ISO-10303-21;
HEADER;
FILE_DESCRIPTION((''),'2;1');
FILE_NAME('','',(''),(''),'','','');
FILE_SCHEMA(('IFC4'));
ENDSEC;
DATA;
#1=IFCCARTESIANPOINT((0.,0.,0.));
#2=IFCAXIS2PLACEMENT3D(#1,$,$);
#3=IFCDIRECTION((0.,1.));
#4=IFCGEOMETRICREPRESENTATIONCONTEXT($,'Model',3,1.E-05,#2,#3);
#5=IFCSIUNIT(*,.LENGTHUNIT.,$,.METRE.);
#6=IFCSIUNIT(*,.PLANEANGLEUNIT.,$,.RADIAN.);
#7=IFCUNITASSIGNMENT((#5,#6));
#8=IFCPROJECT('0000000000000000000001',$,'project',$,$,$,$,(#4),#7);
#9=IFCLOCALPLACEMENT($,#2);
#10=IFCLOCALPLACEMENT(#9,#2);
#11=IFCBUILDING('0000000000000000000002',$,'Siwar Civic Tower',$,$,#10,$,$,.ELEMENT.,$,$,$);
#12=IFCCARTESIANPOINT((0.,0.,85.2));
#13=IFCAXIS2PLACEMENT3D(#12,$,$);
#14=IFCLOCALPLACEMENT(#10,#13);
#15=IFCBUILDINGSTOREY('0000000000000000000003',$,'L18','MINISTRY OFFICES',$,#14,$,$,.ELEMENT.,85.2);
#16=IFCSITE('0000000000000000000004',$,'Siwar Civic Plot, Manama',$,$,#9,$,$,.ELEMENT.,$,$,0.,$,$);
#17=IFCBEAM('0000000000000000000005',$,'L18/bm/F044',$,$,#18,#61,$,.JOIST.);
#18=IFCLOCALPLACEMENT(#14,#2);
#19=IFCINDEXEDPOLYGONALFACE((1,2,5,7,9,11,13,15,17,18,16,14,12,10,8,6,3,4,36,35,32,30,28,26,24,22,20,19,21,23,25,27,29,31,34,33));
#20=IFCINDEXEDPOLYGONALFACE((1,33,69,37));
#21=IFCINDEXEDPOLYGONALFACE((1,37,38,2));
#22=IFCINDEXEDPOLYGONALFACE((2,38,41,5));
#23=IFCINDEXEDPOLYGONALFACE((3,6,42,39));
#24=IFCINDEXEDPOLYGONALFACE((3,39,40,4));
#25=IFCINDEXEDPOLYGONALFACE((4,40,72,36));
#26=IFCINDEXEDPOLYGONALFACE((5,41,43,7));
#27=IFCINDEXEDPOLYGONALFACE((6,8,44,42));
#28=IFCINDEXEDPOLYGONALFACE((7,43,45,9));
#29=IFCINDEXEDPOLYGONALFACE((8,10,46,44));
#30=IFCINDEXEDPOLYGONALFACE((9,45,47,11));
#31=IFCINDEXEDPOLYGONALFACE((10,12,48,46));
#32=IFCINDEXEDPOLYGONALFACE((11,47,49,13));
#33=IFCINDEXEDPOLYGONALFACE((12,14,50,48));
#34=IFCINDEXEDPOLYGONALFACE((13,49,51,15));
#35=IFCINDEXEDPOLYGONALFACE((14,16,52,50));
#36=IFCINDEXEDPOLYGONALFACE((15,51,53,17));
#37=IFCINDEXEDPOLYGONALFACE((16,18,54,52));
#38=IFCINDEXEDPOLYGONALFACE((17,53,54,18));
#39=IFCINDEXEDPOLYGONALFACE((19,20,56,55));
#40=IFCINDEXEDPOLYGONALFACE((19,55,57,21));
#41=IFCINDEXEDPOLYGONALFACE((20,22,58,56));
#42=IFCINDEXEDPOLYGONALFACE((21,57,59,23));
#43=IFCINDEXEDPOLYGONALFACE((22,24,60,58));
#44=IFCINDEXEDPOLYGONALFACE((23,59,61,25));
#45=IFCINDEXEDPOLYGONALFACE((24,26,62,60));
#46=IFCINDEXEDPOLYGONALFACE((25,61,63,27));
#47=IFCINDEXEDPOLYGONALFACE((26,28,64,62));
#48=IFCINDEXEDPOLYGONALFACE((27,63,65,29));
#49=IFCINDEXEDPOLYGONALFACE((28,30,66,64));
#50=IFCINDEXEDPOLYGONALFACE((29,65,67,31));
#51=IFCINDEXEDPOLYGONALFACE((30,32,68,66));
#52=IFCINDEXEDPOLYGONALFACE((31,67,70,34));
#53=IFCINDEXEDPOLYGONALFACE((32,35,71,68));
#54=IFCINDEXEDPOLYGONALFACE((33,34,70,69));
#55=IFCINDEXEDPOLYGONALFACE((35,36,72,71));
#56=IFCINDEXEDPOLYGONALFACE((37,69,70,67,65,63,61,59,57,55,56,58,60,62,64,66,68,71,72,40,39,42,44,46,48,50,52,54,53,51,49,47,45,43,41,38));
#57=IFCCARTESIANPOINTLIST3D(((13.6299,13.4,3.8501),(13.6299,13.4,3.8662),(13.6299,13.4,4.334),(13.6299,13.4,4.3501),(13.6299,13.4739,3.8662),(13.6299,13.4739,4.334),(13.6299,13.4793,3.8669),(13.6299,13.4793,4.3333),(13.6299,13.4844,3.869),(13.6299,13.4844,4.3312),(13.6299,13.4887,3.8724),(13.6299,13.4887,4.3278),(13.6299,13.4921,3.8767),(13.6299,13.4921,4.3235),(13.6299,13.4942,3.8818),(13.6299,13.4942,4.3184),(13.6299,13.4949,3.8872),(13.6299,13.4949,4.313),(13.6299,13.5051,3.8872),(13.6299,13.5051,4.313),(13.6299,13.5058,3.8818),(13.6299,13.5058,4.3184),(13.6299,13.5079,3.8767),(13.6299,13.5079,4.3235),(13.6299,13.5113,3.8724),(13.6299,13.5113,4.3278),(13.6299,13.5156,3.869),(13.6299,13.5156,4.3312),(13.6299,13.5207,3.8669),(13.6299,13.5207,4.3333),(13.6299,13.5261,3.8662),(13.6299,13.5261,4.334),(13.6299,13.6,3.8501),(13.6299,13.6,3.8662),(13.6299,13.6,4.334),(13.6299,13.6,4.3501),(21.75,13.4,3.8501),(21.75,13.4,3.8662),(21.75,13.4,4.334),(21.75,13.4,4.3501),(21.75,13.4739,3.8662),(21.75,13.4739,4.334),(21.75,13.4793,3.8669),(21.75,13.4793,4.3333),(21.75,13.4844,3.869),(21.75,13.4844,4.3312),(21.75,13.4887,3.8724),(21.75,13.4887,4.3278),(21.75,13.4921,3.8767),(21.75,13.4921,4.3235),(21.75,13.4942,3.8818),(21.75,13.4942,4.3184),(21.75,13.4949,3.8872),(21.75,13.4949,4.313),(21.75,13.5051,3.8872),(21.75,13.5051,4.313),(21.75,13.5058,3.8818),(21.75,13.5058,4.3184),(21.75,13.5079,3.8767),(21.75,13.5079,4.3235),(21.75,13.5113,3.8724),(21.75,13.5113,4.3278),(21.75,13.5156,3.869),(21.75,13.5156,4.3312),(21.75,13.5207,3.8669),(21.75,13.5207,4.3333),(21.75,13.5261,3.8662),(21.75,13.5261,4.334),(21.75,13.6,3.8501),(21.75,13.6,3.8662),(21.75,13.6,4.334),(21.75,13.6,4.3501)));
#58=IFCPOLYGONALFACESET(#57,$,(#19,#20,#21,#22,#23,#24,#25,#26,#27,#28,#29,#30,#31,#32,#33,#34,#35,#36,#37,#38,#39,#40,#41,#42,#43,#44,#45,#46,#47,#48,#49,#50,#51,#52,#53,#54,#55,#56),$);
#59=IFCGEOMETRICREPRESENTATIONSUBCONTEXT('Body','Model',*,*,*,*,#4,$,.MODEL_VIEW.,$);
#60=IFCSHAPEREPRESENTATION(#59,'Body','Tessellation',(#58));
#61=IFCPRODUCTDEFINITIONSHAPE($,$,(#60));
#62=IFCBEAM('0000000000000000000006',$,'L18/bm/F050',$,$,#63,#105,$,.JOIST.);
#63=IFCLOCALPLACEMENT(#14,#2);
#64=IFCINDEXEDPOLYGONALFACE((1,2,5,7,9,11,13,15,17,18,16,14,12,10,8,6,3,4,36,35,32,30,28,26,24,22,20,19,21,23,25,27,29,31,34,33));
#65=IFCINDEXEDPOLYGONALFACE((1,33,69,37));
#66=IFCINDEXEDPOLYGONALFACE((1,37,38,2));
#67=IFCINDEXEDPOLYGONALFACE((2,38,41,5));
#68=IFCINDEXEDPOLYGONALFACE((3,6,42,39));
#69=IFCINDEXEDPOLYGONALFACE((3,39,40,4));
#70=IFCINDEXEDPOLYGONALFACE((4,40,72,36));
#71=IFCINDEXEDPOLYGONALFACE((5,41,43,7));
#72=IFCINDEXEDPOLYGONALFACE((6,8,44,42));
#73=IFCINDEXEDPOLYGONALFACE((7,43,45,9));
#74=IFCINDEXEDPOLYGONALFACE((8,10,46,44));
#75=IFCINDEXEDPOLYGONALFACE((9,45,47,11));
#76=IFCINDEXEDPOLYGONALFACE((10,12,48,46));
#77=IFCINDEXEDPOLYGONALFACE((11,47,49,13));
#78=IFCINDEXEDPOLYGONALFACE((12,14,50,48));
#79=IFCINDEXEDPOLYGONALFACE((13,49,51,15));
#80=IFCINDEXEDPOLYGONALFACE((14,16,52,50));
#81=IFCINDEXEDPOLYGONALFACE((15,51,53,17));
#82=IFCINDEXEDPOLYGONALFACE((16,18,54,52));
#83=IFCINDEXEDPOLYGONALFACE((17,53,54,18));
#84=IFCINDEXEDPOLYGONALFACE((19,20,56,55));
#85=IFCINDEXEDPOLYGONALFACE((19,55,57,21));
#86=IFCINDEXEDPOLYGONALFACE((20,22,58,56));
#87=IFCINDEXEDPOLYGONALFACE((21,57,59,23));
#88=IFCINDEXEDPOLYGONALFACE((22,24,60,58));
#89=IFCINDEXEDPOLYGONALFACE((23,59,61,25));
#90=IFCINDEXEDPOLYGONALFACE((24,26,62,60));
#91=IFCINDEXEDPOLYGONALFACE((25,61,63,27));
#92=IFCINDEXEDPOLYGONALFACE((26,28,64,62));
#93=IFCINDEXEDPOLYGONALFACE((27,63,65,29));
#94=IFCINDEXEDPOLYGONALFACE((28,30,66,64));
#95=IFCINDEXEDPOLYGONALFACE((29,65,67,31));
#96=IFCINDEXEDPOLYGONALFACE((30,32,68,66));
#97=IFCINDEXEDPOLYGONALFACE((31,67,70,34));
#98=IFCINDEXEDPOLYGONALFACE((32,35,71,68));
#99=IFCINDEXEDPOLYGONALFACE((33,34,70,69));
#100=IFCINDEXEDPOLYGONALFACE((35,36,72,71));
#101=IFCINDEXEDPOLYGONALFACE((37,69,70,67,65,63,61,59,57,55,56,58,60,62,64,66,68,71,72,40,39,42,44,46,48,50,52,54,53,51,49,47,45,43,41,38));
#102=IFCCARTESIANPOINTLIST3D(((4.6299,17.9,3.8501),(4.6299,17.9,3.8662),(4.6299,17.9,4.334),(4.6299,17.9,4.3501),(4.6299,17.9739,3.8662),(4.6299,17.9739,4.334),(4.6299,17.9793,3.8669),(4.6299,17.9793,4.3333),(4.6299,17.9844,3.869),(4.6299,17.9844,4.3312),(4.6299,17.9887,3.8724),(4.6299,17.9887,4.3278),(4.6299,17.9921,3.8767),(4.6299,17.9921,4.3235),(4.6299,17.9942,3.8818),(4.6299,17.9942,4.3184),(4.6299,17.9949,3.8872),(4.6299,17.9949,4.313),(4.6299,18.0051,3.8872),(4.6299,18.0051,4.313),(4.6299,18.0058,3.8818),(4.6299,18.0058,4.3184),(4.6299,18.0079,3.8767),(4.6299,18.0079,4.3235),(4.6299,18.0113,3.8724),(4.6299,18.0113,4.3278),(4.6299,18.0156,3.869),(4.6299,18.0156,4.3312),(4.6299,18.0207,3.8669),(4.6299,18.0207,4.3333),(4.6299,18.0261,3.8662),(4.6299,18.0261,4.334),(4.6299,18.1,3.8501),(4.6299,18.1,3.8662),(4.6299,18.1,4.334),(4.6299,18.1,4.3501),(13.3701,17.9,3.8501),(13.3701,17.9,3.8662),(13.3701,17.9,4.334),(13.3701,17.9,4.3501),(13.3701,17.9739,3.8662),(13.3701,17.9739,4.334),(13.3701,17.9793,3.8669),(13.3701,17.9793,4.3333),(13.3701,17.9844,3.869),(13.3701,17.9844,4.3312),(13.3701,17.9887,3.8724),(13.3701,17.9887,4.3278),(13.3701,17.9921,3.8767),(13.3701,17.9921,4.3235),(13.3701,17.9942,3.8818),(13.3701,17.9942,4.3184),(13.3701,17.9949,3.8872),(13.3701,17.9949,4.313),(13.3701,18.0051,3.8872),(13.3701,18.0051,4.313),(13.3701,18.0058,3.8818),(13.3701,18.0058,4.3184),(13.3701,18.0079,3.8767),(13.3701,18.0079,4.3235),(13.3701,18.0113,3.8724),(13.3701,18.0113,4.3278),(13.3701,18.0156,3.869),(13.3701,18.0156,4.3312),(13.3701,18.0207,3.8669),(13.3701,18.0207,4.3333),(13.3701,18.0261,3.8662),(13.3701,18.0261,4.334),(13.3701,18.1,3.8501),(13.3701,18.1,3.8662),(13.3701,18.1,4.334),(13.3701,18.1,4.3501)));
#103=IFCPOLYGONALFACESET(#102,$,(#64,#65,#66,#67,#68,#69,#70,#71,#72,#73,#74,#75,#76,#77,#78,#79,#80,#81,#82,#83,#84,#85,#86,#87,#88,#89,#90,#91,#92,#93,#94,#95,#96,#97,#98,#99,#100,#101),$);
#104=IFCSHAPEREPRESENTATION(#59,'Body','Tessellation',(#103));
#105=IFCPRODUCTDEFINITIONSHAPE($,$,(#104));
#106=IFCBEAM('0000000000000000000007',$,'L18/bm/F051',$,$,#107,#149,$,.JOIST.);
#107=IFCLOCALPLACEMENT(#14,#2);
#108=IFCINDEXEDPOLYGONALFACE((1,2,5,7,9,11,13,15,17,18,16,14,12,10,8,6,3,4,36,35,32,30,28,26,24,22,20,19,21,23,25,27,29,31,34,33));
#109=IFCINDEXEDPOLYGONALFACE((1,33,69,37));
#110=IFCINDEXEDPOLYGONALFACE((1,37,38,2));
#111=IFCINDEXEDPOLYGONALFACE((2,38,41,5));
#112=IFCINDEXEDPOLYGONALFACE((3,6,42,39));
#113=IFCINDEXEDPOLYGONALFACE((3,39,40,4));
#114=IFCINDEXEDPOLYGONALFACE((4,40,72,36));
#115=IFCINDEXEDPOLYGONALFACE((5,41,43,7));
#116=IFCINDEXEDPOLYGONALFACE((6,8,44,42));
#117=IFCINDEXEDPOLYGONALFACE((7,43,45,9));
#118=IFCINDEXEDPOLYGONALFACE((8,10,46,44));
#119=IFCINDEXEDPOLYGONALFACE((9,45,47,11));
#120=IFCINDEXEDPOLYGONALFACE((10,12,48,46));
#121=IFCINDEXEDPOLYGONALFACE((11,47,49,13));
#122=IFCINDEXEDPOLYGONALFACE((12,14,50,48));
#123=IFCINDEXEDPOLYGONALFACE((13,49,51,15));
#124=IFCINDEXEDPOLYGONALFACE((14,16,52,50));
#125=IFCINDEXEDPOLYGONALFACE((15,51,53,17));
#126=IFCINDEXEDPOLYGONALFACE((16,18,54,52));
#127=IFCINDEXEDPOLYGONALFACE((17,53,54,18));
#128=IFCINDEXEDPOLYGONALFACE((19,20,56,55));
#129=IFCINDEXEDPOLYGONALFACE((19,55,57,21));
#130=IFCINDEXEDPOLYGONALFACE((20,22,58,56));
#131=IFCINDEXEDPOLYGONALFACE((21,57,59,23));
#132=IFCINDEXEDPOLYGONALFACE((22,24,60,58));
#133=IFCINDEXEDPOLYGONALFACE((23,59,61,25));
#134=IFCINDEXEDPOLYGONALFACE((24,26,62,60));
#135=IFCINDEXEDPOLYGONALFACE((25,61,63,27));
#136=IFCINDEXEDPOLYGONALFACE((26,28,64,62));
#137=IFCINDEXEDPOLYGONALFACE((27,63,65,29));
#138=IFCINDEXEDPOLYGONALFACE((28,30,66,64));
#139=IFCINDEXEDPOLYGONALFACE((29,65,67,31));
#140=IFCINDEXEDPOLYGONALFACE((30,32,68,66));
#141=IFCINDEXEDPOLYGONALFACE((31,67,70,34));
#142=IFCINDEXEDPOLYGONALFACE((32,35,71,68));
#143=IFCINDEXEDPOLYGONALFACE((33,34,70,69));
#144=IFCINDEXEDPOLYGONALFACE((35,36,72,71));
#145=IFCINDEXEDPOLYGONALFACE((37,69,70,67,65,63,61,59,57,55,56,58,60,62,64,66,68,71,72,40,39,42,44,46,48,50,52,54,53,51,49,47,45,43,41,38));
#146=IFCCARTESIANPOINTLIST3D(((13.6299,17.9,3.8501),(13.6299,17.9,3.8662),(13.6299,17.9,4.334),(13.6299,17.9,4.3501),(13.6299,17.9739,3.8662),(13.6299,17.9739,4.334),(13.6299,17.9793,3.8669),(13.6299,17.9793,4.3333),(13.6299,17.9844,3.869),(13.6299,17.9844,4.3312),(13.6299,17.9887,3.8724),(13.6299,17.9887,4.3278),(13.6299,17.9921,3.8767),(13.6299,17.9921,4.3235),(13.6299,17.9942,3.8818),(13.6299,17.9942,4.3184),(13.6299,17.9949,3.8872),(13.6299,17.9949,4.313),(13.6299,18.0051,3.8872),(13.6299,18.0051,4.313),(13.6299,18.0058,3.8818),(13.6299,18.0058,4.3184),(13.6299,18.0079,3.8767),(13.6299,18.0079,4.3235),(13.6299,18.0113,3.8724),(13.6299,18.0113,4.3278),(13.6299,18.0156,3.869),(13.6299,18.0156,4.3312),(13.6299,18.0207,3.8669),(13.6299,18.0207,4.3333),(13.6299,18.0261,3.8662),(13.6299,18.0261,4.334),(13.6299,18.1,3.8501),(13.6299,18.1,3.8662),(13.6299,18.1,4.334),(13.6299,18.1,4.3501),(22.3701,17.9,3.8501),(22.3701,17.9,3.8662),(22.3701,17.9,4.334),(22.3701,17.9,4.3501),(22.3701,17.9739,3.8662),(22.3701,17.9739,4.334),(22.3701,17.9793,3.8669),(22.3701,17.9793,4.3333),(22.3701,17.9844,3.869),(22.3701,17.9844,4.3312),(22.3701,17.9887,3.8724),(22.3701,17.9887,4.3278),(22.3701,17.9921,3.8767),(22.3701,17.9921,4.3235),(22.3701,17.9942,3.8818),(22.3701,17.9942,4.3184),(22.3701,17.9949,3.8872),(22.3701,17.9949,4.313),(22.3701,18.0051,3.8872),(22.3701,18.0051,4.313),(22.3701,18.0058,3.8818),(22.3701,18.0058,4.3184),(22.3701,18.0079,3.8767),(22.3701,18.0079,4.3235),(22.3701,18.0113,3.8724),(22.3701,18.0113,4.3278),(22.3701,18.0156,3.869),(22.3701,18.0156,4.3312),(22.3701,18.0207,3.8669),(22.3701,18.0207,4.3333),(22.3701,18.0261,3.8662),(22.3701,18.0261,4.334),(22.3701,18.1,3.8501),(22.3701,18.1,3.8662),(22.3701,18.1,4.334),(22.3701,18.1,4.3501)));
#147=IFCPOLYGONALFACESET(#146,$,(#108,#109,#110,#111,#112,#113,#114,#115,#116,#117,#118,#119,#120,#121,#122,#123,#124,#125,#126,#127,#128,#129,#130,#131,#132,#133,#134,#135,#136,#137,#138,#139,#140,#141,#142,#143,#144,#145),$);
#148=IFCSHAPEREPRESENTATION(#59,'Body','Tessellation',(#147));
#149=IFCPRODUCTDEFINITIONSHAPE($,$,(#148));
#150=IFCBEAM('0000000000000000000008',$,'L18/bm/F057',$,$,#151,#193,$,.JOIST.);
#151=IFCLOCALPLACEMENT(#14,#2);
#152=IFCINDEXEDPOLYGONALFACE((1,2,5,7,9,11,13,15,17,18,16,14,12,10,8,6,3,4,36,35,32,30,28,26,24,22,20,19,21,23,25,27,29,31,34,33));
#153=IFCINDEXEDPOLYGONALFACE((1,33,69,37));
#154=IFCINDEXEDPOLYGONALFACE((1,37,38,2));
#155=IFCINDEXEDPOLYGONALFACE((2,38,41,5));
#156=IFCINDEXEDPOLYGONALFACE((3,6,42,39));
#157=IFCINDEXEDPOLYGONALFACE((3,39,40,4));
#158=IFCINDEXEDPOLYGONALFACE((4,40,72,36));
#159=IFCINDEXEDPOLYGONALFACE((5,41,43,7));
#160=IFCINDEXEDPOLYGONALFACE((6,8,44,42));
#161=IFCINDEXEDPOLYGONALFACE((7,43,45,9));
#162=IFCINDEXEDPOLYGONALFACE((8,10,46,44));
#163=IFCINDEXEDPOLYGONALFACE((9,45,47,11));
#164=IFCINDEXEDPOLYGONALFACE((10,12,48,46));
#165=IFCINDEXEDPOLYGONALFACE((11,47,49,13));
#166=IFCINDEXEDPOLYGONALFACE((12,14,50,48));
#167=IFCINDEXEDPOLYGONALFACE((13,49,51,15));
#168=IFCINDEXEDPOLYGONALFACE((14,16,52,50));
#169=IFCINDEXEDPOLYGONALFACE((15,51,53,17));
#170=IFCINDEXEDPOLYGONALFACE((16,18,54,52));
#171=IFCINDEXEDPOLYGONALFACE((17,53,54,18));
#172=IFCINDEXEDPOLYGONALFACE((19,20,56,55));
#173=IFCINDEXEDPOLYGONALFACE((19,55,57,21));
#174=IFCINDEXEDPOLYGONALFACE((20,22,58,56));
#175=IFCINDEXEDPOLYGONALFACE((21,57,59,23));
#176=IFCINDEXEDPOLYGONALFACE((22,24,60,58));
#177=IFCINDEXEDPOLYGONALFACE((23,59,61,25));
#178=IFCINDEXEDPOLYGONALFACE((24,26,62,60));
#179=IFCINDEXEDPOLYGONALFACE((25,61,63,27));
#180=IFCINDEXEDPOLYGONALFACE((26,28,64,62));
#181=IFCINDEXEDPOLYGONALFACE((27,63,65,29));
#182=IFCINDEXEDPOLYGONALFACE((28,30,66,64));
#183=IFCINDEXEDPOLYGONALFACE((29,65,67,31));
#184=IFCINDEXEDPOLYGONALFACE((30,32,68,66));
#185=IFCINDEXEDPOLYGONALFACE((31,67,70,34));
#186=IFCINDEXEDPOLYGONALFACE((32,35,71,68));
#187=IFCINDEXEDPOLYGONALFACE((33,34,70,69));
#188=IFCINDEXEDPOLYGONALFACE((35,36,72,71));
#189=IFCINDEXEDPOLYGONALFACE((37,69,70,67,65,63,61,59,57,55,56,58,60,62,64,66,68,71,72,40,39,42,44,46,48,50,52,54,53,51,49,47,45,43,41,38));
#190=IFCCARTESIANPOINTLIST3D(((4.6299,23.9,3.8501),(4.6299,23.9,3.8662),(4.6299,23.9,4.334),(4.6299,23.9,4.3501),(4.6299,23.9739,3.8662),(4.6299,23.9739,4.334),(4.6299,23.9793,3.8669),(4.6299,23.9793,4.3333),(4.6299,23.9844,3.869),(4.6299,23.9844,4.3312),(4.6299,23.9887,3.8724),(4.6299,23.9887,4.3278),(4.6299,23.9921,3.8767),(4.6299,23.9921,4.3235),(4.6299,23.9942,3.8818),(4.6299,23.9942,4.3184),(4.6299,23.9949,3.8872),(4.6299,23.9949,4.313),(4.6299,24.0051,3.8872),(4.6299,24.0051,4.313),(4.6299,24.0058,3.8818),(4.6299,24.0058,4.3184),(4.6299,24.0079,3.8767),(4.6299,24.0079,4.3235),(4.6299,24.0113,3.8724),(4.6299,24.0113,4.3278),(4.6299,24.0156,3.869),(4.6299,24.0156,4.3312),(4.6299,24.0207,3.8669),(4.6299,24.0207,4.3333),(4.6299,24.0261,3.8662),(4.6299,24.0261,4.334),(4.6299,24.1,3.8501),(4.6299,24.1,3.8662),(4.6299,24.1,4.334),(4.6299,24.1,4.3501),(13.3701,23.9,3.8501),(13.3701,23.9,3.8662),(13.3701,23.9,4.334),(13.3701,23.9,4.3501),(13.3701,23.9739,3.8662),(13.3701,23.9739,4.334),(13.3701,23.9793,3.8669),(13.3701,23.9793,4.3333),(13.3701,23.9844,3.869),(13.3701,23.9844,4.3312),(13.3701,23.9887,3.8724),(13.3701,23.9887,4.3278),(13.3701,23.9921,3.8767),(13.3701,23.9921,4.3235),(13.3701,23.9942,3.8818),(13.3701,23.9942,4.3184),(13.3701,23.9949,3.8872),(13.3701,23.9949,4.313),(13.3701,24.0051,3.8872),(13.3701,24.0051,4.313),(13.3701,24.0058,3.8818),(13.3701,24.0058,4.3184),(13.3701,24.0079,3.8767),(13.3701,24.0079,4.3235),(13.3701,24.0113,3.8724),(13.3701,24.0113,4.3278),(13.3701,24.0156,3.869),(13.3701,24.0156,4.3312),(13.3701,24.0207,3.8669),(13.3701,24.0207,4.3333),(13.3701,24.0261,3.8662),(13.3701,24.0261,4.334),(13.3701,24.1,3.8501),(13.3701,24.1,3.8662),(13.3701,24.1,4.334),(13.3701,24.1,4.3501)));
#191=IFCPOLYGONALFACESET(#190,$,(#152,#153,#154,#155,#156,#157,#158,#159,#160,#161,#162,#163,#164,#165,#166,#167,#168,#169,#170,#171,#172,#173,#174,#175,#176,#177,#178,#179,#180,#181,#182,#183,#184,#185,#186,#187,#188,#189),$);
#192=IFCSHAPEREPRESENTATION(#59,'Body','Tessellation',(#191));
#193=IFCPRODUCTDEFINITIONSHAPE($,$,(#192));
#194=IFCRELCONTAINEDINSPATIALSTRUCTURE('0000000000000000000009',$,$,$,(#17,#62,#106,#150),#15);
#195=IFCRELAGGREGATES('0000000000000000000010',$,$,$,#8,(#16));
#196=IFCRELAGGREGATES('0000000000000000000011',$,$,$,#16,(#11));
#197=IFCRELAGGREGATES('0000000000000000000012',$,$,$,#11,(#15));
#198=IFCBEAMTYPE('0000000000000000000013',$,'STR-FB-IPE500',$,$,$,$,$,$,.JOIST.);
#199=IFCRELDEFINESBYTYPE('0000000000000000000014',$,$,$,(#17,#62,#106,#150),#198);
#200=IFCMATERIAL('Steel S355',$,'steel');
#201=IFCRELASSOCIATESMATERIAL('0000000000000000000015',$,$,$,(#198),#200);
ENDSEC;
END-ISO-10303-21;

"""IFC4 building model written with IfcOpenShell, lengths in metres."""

from ifc_helpers import new_model, si_unit, direction, frame, origin, origin_2d, place, context, subcontext, project, spatial, i_section, extrude, material, material_profile, profile_set, type_object, element, save


model = new_model("IFC4")

# Units and contexts
model_context = context("Model", 3, precision=1e-05, world=origin(), true_north=direction((0.0, 1.0)))
body_context = subcontext(model_context, "Body", "Model", "MODEL_VIEW")
ifc_project = project(units=[si_unit("LENGTHUNIT", "METRE"), si_unit("PLANEANGLEUNIT", "RADIAN")], contexts=[model_context])

# Site, building, storey
site_placement = place(None, origin())
site = spatial("IfcSite", under=ifc_project, at=site_placement, Name="Siwar Civic Plot, Manama", CompositionType="ELEMENT", RefElevation=0.0)
building_placement = place(site_placement, origin())
building = spatial("IfcBuilding", under=site, at=building_placement, Name="Siwar Civic Tower", CompositionType="ELEMENT")
storey_placement = place(building_placement, frame((0.0, 0.0, 85.2)))
storey = spatial("IfcBuildingStorey", under=building, at=storey_placement, Name="L18", Description="MINISTRY OFFICES", CompositionType="ELEMENT", Elevation=85.2)

# Beams
ifc_material_1 = material(Name="Steel S355", Category="steel")
ifc_material_profile_1 = material_profile(ifc_material_1, i_section(OverallWidth=0.2, OverallDepth=0.5, WebThickness=0.0103, FlangeThickness=0.0161, FilletRadius=0.021, at=origin_2d()), Name="IPE500")
ifc_profile_set_1 = profile_set([ifc_material_profile_1], Name="Steel S355")
beam_type_1 = type_object("IfcBeamType", Name="STR-FB-IPE500", PredefinedType="JOIST", material=ifc_profile_set_1)
beam_1_placement = place(storey_placement, frame((13.6299, 13.5, 4.1001), z_axis=(1.0, 0.0, 0.0), x_axis=(0.0, 1.0, 0.0)))
element("IfcBeam", 1, at=beam_1_placement, inside=storey, type_object=beam_type_1, Name="L18/bm/F044", PredefinedType="JOIST", context=body_context, shape_type="SweptSolid", body=[
    extrude(i_section(OverallWidth=0.2, OverallDepth=0.5, WebThickness=0.0103, FlangeThickness=0.0161, FilletRadius=0.021, at=origin_2d()), origin(), (0.0, 0.0, 1.0), 8.1201),
])
for number, where, z_axis, x_axis, name in (
    (2, (4.6299, 18.0, 4.1001), (1.0, 0.0, 0.0), (0.0, 1.0, 0.0), "L18/bm/F050"),
    (3, (13.6299, 18.0, 4.1001), (1.0, 0.0, 0.0), (0.0, 1.0, 0.0), "L18/bm/F051"),
    (4, (4.6299, 24.0, 4.1001), (1.0, 0.0, 0.0), (0.0, 1.0, 0.0), "L18/bm/F057"),
):
    element("IfcBeam", number, at=place(storey_placement, frame(where, z_axis=z_axis, x_axis=x_axis)), inside=storey, type_object=beam_type_1, Name=name, PredefinedType="JOIST", context=body_context, shape_type="SweptSolid", body=[
        extrude(i_section(OverallWidth=0.2, OverallDepth=0.5, WebThickness=0.0103, FlangeThickness=0.0161, FilletRadius=0.021, at=origin_2d()), origin(), (0.0, 0.0, 1.0), 8.7402),
    ])

save(model, "model.ifc")
